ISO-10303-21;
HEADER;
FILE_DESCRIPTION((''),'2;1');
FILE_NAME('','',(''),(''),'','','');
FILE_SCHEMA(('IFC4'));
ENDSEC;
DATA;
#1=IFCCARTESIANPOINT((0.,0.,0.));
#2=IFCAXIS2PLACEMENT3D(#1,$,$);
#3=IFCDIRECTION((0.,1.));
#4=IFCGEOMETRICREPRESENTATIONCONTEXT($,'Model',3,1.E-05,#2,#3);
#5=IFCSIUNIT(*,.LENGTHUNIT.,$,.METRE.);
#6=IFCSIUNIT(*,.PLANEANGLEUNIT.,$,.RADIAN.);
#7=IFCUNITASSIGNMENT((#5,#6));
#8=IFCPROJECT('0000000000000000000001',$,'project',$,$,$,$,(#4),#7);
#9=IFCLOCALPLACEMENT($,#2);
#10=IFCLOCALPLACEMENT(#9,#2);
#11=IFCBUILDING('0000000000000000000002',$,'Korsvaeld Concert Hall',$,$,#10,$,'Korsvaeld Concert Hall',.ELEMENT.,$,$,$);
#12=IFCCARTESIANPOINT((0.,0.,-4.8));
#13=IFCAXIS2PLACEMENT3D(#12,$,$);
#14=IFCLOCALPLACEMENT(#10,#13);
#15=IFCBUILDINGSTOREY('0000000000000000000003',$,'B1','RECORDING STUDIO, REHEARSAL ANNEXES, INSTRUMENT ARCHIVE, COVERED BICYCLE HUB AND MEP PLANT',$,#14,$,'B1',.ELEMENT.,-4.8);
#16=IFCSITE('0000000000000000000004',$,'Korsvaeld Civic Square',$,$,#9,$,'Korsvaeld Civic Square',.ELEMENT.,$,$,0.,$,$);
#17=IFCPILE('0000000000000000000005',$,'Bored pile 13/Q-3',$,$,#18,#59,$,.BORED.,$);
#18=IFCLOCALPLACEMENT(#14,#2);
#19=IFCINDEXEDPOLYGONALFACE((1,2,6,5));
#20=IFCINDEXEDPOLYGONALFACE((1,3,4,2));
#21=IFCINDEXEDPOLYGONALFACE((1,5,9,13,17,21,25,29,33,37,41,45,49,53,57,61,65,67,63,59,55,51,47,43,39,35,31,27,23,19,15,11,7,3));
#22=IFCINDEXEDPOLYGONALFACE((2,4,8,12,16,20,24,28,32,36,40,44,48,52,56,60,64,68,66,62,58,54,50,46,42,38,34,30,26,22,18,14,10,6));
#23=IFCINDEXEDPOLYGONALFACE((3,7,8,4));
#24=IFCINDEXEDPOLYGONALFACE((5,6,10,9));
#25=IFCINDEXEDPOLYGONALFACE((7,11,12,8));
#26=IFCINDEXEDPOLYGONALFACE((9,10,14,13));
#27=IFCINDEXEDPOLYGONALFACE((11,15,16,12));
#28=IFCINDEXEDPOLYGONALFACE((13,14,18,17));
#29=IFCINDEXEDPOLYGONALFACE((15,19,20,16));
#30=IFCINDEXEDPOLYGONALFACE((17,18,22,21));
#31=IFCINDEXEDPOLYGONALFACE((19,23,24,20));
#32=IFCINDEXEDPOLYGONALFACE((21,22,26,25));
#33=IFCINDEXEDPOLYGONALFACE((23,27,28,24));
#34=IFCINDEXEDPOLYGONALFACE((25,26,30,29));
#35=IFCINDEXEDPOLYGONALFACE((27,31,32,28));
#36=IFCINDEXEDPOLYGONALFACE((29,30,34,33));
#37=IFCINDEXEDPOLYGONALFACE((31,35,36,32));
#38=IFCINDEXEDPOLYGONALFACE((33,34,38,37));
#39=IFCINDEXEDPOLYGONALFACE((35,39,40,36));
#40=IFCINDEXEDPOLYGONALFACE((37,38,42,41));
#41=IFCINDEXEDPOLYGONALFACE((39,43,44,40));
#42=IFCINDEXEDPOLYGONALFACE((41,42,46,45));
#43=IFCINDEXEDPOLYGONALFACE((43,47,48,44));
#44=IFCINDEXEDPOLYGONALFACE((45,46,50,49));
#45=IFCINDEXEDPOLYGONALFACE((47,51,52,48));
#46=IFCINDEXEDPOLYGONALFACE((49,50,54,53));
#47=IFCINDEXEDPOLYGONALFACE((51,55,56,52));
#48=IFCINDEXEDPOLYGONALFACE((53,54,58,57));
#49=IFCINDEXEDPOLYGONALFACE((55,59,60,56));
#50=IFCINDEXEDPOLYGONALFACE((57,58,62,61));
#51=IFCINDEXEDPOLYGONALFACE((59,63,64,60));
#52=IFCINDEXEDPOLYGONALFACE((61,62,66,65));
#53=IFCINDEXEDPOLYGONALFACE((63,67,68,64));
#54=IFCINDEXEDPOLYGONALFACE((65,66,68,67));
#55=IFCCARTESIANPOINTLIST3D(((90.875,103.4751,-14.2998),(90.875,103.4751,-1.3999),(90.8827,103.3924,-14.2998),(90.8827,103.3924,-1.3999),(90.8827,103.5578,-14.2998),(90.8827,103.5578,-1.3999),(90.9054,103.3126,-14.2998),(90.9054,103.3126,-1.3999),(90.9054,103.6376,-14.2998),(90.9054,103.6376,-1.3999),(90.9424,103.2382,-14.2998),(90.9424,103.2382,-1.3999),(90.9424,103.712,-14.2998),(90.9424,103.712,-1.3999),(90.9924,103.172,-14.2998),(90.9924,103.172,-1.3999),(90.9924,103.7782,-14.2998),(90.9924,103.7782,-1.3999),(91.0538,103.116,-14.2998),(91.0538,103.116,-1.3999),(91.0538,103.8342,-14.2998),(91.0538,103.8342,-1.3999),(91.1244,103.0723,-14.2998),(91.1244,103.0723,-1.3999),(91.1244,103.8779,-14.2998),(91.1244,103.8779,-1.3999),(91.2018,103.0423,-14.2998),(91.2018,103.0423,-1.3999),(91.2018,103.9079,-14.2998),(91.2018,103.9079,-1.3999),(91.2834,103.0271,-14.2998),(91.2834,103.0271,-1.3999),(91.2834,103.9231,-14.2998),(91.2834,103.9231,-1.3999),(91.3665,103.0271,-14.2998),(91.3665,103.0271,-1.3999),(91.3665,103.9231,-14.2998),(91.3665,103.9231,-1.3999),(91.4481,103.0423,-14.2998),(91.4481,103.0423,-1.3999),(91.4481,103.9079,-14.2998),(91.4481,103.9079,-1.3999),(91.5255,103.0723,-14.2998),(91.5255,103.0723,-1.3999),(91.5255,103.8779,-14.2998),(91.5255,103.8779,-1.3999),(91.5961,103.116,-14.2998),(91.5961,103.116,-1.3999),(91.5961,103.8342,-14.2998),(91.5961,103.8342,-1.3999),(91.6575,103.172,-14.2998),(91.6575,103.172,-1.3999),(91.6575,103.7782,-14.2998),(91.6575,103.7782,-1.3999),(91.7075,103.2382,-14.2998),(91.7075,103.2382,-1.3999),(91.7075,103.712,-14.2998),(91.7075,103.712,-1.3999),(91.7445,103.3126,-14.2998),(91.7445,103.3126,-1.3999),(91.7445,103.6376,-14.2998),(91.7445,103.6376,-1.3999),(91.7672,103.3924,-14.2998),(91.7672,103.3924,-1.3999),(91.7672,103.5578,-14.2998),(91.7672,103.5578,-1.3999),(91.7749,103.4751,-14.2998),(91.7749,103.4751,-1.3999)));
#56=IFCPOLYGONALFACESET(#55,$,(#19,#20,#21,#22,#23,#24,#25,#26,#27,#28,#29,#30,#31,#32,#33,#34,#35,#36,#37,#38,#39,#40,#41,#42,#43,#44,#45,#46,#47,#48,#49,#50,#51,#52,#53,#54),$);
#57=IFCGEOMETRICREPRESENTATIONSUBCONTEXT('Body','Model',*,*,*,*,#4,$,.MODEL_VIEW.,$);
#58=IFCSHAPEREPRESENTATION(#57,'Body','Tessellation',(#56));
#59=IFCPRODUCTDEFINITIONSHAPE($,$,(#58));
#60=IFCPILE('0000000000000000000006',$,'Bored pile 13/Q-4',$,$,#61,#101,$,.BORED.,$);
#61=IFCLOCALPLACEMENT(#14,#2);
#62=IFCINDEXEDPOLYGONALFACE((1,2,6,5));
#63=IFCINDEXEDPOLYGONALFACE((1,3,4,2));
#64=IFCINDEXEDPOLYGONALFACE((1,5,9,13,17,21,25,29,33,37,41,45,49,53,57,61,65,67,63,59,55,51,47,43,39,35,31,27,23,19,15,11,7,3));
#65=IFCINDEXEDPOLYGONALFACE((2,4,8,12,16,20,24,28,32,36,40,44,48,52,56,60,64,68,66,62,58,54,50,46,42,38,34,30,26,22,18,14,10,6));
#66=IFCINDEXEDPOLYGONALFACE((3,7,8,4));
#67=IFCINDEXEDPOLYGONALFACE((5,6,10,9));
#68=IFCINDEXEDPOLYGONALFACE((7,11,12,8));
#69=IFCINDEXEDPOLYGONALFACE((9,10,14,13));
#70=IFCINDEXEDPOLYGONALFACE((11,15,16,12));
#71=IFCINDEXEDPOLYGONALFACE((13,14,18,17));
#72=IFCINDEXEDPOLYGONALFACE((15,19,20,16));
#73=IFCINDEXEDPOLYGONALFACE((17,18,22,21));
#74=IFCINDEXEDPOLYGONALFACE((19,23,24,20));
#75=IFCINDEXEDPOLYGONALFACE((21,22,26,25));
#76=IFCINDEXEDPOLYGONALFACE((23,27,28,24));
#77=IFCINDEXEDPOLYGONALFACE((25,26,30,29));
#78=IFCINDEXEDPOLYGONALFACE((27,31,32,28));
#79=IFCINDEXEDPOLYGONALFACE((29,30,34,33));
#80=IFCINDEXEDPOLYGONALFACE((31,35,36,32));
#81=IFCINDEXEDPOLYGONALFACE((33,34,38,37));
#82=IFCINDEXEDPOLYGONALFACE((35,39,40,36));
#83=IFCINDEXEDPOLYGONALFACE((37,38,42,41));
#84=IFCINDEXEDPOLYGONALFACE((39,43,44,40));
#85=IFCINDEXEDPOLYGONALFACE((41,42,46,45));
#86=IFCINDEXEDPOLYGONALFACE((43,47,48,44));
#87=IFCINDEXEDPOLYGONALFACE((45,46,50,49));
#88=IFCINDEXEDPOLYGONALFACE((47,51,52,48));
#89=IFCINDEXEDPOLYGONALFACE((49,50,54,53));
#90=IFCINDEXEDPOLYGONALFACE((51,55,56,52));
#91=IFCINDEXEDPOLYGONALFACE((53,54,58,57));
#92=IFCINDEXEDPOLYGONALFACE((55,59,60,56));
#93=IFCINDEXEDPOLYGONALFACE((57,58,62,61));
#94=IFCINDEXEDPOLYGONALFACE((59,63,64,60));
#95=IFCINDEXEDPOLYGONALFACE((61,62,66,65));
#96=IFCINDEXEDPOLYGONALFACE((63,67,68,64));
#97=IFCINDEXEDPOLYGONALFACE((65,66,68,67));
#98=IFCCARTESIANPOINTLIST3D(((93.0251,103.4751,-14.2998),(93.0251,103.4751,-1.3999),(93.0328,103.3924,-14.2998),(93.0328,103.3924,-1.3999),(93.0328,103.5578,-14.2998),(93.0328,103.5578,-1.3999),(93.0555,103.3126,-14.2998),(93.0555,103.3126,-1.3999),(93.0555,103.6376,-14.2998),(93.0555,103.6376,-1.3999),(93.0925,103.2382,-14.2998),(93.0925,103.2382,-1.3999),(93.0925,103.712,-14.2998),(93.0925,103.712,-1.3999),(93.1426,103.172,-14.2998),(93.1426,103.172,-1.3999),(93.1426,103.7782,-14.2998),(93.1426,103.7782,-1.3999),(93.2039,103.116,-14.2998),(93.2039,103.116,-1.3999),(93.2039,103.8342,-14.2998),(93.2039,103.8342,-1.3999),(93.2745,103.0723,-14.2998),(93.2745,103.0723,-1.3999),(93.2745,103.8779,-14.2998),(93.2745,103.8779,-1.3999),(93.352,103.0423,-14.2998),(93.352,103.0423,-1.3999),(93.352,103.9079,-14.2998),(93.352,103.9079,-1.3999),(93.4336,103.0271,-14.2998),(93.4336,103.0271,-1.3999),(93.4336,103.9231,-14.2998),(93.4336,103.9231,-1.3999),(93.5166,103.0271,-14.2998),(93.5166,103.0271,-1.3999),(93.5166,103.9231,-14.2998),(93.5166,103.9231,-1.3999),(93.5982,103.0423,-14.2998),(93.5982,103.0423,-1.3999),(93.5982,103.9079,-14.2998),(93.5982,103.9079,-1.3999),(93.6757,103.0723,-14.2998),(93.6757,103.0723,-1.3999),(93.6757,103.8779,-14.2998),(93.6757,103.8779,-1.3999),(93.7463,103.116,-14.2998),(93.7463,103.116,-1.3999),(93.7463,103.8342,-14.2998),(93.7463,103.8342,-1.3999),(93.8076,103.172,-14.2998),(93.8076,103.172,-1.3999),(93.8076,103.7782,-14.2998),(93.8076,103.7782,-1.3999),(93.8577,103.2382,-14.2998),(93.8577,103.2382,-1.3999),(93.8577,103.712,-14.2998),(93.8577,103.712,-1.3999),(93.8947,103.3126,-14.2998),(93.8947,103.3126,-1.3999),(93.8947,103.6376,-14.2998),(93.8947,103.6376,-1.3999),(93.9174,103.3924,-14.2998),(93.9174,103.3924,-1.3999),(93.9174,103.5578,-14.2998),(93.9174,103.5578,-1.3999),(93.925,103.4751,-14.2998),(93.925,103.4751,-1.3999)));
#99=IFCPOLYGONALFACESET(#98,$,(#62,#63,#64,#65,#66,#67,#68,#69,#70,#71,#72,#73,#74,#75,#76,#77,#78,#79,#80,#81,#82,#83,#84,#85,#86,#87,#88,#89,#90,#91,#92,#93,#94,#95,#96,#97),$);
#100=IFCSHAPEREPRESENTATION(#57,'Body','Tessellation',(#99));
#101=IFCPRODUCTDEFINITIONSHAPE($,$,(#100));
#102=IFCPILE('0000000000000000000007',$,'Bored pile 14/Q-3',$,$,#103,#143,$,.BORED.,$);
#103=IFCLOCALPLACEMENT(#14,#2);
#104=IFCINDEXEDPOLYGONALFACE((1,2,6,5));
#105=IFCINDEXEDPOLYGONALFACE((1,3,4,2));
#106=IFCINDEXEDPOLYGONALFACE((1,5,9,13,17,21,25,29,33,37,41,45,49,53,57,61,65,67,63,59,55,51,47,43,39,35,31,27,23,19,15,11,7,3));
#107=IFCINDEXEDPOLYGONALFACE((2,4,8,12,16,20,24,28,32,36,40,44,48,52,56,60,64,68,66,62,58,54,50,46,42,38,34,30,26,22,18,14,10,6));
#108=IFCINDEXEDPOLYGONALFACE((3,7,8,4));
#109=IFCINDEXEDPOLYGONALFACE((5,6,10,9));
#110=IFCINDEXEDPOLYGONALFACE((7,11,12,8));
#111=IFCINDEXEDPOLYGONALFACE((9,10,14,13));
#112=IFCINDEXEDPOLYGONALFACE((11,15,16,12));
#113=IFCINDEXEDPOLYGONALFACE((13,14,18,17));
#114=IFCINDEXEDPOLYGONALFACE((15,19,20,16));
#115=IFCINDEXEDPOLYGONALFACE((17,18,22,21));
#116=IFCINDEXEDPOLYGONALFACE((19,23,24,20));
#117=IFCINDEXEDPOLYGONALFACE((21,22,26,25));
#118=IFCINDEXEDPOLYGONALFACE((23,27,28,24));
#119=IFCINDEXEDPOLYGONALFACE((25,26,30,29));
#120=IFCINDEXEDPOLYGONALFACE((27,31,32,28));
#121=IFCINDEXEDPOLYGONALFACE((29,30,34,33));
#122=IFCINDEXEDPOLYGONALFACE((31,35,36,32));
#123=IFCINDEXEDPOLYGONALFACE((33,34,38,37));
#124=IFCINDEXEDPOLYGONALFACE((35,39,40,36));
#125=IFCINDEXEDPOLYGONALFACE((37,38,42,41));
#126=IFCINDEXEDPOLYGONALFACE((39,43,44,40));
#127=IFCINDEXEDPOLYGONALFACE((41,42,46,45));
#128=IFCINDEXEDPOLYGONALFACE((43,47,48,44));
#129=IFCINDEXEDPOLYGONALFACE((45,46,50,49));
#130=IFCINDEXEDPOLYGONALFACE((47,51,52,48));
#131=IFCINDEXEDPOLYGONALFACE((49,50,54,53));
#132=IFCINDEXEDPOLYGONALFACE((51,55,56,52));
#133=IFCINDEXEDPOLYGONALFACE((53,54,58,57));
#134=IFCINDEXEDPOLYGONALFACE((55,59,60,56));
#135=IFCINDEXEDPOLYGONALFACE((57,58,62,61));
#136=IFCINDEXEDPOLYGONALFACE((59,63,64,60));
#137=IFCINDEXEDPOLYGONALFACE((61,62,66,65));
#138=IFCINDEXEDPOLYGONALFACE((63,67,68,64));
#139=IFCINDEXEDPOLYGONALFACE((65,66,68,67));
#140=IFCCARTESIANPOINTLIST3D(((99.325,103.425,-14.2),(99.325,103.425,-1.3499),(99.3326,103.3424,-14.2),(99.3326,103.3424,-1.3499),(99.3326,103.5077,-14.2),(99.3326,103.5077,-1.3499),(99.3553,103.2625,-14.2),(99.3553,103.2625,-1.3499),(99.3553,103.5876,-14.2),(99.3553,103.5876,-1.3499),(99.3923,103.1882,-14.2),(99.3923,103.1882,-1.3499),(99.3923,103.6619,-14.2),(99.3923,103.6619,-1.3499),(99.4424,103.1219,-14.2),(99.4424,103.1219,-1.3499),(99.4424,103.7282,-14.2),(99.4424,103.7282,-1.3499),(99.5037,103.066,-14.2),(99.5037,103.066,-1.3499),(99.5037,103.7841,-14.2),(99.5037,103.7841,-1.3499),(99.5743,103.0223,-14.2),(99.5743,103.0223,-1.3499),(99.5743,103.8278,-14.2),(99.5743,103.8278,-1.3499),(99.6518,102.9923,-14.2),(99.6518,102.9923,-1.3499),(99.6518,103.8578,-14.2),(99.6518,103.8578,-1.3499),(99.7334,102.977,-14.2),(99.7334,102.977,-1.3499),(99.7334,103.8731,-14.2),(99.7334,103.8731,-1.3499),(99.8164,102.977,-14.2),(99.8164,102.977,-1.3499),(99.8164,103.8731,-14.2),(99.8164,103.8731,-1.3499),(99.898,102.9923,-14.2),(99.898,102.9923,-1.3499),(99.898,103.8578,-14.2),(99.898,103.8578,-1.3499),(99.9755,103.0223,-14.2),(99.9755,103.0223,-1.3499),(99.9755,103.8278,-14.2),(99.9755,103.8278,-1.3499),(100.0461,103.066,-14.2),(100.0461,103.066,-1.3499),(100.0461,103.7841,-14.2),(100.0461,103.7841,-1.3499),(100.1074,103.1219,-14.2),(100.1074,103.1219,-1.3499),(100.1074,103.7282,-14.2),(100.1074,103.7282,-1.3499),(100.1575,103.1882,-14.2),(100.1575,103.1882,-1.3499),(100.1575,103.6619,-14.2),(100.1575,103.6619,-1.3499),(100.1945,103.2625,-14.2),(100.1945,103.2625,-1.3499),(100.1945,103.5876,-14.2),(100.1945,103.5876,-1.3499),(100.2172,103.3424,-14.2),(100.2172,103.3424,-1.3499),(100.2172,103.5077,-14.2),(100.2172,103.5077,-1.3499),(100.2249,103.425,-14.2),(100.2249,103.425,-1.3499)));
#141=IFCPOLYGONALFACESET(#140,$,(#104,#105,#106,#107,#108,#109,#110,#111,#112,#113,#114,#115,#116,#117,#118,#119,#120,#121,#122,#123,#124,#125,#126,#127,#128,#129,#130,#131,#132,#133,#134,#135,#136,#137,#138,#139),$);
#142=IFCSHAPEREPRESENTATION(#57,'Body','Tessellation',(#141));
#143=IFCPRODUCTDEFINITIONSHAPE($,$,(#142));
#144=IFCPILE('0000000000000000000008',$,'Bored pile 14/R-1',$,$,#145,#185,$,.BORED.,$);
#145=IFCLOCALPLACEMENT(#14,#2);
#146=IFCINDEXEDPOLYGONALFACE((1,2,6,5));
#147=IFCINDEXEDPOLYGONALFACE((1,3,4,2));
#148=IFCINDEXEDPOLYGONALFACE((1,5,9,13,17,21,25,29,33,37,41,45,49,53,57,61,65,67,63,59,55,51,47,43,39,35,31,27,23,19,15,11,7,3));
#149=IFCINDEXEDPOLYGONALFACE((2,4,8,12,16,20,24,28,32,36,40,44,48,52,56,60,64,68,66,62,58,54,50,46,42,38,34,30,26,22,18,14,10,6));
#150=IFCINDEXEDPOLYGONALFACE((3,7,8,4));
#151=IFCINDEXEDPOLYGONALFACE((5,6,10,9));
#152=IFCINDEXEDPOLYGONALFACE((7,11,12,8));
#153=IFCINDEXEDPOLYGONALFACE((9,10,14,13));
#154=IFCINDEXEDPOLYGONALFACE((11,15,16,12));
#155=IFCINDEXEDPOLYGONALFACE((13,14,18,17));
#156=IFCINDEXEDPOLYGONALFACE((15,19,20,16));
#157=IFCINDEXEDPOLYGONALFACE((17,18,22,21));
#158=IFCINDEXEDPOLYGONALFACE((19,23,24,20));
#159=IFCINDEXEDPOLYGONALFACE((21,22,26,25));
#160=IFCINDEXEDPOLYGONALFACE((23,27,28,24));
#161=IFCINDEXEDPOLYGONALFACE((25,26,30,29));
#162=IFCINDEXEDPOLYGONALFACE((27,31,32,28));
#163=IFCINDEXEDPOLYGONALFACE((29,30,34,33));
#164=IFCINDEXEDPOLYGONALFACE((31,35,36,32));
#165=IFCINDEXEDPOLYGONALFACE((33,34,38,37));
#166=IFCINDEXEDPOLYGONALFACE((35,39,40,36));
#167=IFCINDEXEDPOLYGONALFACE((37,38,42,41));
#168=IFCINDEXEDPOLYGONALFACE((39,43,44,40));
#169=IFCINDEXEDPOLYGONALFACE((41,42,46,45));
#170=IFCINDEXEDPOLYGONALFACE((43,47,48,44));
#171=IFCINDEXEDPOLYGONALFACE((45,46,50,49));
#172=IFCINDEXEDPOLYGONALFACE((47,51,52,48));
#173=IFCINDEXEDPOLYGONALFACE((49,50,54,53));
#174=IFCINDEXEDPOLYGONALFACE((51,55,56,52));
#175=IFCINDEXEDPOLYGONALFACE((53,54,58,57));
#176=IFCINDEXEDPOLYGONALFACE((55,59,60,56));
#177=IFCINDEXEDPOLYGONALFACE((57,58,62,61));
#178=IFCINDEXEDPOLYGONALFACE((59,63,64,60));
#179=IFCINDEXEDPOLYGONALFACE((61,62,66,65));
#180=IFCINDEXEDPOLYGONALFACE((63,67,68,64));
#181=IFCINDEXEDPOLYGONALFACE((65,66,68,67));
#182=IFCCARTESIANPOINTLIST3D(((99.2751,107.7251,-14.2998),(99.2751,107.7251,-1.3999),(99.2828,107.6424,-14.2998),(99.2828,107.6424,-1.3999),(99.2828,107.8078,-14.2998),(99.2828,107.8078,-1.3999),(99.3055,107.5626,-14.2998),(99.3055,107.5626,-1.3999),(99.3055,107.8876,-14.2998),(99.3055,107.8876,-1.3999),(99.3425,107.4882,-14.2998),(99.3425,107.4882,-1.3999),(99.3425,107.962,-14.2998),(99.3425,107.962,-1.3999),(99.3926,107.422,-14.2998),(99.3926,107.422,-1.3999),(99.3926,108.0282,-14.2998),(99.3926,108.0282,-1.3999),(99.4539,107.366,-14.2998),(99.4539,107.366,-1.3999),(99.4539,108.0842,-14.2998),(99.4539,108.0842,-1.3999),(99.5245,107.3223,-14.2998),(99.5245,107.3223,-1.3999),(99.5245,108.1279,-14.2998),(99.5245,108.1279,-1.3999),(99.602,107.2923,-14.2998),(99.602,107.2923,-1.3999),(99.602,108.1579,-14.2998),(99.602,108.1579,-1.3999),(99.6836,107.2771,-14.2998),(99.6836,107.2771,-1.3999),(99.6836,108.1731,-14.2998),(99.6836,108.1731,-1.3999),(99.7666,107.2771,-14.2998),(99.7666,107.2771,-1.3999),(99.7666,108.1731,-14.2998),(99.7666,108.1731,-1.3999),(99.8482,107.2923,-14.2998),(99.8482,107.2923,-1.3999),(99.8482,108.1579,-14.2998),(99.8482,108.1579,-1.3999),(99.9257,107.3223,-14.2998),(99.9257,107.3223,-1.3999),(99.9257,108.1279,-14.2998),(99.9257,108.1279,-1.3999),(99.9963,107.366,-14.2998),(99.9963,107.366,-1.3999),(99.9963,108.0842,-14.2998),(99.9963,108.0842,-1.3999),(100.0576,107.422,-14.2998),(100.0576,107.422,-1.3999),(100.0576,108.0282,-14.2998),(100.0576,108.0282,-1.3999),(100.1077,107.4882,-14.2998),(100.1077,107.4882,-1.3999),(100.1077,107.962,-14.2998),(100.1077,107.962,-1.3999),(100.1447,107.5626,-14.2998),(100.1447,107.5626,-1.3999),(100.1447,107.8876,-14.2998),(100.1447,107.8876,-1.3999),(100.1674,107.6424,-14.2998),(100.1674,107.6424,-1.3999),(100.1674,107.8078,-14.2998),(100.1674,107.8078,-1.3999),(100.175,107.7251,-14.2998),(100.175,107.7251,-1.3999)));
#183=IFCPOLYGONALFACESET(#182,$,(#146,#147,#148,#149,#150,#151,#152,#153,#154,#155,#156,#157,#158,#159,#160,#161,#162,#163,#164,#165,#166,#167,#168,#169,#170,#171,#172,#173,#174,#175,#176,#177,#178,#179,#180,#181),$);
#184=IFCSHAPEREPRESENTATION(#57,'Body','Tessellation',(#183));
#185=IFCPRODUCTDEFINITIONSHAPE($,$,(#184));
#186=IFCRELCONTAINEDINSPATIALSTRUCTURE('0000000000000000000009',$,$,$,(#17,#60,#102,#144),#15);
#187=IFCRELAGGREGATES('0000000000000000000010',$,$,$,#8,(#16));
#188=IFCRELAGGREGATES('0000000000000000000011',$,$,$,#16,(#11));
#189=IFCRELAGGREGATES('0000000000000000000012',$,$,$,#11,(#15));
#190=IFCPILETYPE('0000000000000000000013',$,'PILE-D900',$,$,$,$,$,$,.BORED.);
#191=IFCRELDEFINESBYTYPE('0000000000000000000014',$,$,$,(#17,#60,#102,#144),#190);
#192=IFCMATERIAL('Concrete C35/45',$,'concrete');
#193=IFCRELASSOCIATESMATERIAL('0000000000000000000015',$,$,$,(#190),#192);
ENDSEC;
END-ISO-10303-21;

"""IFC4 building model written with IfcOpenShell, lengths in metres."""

from ifc_helpers import new_model, si_unit, direction, frame, origin, origin_2d, place, context, subcontext, project, spatial, circle, extrude, material, material_profile, profile_set, type_object, element, save


model = new_model("IFC4")

# Units and contexts
model_context = context("Model", 3, precision=1e-05, world=origin(), true_north=direction((0.0, 1.0)))
body_context = subcontext(model_context, "Body", "Model", "MODEL_VIEW")
ifc_project = project(units=[si_unit("LENGTHUNIT", "METRE"), si_unit("PLANEANGLEUNIT", "RADIAN")], contexts=[model_context])

# Site, building, storey
site_placement = place(None, origin())
site = spatial("IfcSite", under=ifc_project, at=site_placement, Name="Korsvaeld Civic Square", LongName="Korsvaeld Civic Square", CompositionType="ELEMENT", RefElevation=0.0)
building_placement = place(site_placement, origin())
building = spatial("IfcBuilding", under=site, at=building_placement, Name="Korsvaeld Concert Hall", LongName="Korsvaeld Concert Hall", CompositionType="ELEMENT")
storey_placement = place(building_placement, frame((0.0, 0.0, -4.8)))
storey = spatial("IfcBuildingStorey", under=building, at=storey_placement, Name="B1", Description="RECORDING STUDIO, REHEARSAL ANNEXES, INSTRUMENT ARCHIVE, COVERED BICYCLE HUB AND MEP PLANT", LongName="B1", CompositionType="ELEMENT", Elevation=-4.8)

# Shared definitions
ifc_material_1 = material(Name="Concrete C35/45", Category="concrete")

# Piles
ifc_material_profile_1 = material_profile(ifc_material_1, circle(Radius=0.45, at=origin_2d()), Name="BORED PILE D900")
ifc_profile_set_1 = profile_set([ifc_material_profile_1], Name="Concrete C35/45")
pile_type = type_object("IfcPileType", Name="PILE-D900", PredefinedType="BORED", material=ifc_profile_set_1)
for number, where, z_axis, x_axis, name in (
    (1, (91.325, 103.4751, -1.3999), (0.0, 0.0, -1.0), (1.0, 0.0, 0.0), "Bored pile 13/Q-3"),
    (2, (93.4751, 103.4751, -1.3999), (0.0, 0.0, -1.0), (1.0, 0.0, 0.0), "Bored pile 13/Q-4"),
):
    element("IfcPile", number, at=place(storey_placement, frame(where, z_axis=z_axis, x_axis=x_axis)), inside=storey, type_object=pile_type, Name=name, PredefinedType="BORED", context=body_context, shape_type="SweptSolid", body=[
        extrude(circle(Radius=0.45, at=origin_2d()), origin(), (0.0, 0.0, 1.0), 12.8999),
    ])
pile_placement = place(storey_placement, frame((99.7749, 103.425, -1.3499), z_axis=(0.0, 0.0, -1.0), x_axis=(1.0, 0.0, 0.0)))
element("IfcPile", 3, at=pile_placement, inside=storey, type_object=pile_type, Name="Bored pile 14/Q-3", PredefinedType="BORED", context=body_context, shape_type="SweptSolid", body=[
    extrude(circle(Radius=0.45, at=origin_2d()), origin(), (0.0, 0.0, 1.0), 12.8501),
])
for number, where, z_axis, x_axis, name in (
    (4, (99.7251, 107.7251, -1.3999), (0.0, 0.0, -1.0), (1.0, 0.0, 0.0), "Bored pile 14/R-1"),
):
    element("IfcPile", number, at=place(storey_placement, frame(where, z_axis=z_axis, x_axis=x_axis)), inside=storey, type_object=pile_type, Name=name, PredefinedType="BORED", context=body_context, shape_type="SweptSolid", body=[
        extrude(circle(Radius=0.45, at=origin_2d()), origin(), (0.0, 0.0, 1.0), 12.8999),
    ])

save(model, "model.ifc")
